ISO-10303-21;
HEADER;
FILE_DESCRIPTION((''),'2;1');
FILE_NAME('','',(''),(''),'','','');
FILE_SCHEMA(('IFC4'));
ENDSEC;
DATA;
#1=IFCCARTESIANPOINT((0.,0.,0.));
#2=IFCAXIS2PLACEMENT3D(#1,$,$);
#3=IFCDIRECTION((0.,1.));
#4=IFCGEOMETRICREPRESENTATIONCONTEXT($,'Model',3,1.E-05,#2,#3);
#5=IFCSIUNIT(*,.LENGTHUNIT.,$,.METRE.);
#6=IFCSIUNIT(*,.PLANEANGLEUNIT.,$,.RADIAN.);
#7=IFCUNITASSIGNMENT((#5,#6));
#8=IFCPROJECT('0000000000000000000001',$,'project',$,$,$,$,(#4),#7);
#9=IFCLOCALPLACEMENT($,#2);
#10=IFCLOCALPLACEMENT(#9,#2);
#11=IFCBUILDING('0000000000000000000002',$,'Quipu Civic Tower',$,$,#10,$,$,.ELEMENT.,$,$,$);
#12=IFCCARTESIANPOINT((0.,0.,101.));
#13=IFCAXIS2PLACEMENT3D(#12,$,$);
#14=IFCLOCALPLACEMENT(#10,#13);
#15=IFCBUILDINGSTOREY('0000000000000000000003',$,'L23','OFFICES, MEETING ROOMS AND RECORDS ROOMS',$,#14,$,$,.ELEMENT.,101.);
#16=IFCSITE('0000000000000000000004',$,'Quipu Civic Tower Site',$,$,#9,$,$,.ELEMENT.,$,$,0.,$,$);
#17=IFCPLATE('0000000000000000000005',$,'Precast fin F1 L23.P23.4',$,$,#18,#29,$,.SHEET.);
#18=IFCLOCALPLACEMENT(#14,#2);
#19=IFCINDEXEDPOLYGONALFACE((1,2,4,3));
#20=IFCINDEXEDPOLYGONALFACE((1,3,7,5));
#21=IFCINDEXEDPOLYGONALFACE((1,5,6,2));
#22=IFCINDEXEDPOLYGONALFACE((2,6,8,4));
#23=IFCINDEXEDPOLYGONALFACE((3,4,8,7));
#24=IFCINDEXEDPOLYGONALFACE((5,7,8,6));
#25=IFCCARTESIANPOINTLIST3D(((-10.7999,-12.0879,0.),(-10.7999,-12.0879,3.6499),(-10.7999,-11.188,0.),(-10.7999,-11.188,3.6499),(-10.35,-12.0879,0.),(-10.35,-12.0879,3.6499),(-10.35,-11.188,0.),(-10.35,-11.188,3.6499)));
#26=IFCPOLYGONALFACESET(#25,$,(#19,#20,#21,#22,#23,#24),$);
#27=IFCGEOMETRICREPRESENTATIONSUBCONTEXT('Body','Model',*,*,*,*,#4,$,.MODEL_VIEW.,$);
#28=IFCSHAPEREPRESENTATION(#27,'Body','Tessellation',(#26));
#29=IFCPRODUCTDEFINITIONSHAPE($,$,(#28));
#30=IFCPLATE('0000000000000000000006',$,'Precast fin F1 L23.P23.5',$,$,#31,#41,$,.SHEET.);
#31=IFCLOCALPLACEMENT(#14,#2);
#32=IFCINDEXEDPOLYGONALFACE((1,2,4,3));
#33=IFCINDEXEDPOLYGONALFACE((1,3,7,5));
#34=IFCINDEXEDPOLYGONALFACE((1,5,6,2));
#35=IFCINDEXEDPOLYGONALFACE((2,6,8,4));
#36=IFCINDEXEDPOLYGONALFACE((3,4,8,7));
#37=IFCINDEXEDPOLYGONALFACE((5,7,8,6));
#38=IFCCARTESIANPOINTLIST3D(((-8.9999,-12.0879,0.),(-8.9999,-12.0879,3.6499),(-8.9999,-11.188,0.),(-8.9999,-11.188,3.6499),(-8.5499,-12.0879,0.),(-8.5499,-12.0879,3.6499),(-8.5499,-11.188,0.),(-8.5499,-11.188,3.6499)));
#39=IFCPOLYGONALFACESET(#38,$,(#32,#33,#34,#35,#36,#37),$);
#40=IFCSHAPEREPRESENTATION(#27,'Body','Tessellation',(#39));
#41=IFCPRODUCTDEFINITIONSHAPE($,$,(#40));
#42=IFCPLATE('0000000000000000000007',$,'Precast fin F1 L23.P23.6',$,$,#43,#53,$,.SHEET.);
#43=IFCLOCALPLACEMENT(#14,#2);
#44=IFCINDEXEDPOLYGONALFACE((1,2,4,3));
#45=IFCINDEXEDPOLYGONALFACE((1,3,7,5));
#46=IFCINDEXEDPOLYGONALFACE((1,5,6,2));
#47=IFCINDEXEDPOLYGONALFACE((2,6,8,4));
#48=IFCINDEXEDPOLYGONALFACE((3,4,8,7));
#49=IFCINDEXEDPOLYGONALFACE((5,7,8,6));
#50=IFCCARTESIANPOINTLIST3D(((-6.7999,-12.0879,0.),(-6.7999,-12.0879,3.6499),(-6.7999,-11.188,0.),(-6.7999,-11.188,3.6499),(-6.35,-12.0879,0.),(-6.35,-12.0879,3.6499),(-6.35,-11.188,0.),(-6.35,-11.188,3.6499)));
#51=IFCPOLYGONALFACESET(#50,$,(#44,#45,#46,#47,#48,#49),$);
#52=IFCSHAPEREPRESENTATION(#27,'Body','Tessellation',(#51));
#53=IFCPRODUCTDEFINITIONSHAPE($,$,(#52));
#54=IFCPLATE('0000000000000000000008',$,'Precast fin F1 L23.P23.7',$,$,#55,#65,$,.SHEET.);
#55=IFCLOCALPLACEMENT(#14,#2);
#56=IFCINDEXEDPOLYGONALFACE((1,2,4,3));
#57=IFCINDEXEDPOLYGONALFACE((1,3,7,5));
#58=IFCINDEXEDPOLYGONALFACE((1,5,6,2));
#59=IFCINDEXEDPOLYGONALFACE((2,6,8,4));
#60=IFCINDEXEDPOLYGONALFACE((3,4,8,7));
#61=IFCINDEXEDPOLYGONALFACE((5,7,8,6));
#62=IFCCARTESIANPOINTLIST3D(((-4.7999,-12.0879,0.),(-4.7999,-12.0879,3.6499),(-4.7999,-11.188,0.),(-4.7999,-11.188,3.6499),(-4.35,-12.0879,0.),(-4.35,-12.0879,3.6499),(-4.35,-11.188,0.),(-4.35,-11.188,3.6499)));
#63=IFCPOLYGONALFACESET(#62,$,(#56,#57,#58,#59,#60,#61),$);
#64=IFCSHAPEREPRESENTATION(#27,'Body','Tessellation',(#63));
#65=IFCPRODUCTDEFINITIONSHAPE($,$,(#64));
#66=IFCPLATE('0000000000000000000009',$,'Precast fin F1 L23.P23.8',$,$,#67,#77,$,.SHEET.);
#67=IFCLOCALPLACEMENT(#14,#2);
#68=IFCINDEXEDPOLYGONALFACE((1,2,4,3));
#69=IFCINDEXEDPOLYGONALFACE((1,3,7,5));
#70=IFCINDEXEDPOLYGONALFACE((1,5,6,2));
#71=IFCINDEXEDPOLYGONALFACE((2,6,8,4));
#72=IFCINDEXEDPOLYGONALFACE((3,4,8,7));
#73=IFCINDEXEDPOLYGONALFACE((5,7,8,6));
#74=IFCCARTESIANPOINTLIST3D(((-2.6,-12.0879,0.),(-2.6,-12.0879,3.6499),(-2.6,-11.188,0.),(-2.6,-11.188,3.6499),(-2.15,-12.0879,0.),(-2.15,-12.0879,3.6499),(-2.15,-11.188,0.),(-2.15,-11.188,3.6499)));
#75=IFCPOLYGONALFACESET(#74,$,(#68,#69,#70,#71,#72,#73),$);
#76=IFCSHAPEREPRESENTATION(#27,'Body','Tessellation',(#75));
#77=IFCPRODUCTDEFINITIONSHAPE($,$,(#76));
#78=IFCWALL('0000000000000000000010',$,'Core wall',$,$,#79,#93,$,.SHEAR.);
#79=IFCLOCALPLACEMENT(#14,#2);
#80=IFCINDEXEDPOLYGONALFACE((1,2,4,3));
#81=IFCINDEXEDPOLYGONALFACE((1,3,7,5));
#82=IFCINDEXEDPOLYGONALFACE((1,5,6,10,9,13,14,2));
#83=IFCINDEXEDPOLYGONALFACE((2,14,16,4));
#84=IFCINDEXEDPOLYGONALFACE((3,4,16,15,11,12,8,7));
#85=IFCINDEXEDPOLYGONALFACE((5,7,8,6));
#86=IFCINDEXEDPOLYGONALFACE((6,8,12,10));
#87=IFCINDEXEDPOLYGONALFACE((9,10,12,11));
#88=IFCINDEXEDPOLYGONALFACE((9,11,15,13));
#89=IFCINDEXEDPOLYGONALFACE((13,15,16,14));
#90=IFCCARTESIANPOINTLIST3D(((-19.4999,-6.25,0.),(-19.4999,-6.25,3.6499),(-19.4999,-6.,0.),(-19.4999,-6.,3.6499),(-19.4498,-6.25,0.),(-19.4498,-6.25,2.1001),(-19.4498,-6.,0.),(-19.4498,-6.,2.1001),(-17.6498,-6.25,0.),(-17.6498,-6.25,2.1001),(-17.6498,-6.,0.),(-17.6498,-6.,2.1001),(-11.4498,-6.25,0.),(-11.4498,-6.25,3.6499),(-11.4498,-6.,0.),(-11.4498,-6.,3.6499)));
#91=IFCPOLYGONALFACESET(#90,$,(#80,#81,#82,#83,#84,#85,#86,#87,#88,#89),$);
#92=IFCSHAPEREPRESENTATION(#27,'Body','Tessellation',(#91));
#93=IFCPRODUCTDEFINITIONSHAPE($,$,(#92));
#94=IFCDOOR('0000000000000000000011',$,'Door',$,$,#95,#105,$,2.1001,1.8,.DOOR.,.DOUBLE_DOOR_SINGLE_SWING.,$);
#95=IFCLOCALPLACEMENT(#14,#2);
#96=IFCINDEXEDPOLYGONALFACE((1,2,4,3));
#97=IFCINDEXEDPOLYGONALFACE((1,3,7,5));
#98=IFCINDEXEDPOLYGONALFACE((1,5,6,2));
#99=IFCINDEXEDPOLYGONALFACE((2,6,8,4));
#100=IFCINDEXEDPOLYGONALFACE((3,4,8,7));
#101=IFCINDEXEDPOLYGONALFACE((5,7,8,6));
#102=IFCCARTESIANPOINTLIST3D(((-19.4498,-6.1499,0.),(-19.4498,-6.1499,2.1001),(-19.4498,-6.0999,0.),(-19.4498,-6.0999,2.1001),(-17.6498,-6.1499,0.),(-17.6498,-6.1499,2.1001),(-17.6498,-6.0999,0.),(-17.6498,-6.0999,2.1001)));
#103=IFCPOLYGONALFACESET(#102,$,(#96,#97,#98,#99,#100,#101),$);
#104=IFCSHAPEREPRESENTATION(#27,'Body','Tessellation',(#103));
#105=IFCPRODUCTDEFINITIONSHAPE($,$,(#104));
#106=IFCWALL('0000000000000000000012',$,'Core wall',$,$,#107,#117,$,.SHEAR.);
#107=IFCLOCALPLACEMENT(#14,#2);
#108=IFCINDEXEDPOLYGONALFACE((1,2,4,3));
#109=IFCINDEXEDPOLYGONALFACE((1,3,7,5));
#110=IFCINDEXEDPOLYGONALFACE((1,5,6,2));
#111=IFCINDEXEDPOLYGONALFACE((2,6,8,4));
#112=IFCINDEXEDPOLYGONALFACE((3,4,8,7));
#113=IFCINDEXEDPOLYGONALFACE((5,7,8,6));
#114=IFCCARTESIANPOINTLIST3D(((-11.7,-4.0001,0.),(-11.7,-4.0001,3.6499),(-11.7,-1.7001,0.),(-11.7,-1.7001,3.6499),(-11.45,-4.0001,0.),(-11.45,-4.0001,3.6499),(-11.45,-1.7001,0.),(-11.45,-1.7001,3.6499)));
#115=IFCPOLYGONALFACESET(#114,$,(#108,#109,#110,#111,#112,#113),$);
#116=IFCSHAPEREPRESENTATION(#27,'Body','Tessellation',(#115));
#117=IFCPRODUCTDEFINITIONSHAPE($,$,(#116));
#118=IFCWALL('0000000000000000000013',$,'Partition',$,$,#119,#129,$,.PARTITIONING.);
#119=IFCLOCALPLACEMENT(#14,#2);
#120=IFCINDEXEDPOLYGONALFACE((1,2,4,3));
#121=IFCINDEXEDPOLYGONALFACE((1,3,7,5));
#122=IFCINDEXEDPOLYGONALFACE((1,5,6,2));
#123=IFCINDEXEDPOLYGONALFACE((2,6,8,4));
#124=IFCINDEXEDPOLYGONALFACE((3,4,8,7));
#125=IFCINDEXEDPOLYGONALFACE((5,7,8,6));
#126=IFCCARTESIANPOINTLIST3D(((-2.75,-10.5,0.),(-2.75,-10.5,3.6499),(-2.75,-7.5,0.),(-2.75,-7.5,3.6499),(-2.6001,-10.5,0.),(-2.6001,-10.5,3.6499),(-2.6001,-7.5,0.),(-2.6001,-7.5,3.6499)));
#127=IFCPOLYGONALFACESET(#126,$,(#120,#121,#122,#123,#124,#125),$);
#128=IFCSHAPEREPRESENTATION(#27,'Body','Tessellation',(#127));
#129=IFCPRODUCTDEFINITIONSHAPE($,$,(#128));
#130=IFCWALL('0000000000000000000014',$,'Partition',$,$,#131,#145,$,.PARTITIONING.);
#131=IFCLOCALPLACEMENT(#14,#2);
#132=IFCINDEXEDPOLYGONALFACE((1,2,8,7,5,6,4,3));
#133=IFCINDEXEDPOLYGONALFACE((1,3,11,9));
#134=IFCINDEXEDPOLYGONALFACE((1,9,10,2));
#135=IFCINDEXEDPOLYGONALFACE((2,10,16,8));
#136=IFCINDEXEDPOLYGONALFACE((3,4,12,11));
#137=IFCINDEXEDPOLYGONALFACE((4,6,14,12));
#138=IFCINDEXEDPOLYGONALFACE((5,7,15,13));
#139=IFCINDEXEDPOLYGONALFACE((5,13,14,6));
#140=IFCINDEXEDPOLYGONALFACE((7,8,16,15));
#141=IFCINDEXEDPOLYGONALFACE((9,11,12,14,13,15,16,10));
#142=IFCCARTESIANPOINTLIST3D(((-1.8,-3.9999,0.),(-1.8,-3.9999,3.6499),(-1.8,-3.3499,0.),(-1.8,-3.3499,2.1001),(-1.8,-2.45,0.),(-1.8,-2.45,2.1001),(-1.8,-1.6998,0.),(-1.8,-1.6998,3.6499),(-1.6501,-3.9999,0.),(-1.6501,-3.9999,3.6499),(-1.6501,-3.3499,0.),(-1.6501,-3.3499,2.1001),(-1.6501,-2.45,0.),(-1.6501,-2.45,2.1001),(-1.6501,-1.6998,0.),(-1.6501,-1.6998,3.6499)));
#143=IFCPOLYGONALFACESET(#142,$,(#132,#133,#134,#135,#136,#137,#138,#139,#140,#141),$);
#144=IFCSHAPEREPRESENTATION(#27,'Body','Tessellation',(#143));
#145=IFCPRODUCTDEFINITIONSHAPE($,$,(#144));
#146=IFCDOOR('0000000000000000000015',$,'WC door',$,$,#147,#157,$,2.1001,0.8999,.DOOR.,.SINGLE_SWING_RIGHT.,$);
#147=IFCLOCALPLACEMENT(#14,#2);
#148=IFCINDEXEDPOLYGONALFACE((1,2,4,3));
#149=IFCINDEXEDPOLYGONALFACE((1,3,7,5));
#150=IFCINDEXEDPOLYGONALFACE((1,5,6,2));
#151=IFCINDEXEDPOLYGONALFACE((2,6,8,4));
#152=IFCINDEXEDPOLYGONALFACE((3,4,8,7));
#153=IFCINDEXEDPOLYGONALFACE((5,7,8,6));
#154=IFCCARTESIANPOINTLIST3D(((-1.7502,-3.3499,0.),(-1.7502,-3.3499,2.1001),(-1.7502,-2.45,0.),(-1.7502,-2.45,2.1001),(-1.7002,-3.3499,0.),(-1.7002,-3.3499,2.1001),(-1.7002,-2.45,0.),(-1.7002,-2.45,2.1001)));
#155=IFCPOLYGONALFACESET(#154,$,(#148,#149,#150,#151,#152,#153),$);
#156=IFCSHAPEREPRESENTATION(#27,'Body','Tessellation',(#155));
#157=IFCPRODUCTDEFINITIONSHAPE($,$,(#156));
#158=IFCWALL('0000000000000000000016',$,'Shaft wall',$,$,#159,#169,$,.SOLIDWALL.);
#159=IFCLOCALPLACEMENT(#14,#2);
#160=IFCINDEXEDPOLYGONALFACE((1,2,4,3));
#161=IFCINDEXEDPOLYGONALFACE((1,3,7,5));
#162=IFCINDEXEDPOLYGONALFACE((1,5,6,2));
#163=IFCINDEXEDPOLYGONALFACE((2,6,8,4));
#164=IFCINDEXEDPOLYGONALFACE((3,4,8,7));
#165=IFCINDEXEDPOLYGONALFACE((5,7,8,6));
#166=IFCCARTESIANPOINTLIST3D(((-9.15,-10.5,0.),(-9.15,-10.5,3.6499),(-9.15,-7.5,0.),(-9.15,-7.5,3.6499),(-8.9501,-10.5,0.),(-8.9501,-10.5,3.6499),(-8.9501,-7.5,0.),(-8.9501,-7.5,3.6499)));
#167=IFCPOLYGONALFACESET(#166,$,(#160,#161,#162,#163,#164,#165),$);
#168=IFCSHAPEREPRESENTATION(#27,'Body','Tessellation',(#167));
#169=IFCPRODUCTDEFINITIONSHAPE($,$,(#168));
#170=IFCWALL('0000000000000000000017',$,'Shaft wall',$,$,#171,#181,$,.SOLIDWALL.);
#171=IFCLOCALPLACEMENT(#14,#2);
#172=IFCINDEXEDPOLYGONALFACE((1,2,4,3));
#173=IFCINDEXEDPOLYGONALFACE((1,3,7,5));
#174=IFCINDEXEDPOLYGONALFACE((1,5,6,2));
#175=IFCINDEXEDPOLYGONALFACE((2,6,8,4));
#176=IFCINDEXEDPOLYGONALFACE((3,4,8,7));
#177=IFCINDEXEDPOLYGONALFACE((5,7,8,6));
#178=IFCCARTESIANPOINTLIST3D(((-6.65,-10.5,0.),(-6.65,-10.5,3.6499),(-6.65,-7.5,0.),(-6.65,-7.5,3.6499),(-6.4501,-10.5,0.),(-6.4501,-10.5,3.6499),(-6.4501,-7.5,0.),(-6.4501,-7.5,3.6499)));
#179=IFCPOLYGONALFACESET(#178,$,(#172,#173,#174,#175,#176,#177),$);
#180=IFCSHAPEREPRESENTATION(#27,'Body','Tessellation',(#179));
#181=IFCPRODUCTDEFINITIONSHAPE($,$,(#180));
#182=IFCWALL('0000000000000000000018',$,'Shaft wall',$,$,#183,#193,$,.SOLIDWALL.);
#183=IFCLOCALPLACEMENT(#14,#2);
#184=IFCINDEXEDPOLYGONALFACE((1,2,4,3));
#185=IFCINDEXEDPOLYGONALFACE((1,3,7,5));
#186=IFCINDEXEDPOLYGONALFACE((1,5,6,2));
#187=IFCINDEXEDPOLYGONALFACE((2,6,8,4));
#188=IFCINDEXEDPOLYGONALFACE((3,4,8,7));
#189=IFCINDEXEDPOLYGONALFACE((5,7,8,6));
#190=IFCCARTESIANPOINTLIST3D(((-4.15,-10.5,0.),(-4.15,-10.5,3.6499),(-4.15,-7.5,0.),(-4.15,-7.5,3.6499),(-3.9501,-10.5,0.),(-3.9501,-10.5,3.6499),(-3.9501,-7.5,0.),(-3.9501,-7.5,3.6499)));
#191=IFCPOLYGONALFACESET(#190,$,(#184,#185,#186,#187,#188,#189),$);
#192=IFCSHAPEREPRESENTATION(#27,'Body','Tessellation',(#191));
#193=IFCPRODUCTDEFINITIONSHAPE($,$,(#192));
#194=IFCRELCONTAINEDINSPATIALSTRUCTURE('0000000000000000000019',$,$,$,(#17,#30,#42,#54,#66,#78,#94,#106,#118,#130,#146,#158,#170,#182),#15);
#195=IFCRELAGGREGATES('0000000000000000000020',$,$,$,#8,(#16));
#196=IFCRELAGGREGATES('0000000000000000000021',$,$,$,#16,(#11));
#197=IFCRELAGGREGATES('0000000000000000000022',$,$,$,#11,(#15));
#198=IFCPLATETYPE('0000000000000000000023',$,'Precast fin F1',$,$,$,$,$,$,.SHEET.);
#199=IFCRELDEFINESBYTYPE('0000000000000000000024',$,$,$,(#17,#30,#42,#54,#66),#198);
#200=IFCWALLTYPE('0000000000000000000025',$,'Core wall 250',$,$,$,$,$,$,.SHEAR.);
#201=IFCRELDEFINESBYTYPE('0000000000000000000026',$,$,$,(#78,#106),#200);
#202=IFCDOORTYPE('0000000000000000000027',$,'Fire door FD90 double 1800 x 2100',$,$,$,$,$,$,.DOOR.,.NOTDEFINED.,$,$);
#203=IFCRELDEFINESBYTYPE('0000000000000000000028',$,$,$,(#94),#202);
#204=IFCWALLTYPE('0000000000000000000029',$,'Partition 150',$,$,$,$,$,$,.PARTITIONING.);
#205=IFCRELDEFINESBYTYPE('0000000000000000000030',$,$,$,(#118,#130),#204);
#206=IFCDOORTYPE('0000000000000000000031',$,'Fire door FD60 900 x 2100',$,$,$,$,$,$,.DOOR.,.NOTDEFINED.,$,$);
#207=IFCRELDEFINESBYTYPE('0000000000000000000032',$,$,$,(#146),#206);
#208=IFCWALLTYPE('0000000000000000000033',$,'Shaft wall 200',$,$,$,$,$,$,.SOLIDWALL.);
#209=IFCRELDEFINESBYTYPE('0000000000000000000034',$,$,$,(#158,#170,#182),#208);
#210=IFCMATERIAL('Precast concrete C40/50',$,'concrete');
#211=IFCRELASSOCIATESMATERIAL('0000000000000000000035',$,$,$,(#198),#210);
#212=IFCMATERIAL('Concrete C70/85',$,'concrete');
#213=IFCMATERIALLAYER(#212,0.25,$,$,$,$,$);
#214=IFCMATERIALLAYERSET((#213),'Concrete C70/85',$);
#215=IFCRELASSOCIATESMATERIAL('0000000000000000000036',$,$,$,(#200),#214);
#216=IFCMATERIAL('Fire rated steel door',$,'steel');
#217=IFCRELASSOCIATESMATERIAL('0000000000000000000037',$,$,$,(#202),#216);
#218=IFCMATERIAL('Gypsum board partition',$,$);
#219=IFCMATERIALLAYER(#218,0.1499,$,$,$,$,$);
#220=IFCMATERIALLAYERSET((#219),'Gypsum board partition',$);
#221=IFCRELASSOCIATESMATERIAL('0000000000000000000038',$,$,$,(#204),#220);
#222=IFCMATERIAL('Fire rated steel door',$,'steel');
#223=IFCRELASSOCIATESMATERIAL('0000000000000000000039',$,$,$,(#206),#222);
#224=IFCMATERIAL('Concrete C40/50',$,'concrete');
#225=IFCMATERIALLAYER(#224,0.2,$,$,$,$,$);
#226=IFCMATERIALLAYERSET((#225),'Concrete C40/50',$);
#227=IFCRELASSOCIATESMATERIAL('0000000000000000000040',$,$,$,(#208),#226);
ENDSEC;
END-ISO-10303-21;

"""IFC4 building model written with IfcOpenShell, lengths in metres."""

from ifc_helpers import new_model, si_unit, direction, frame, frame_2d, origin, origin_2d, place, context, subcontext, project, spatial, rectangle, extrude, material, layer, layer_set, type_object, element, fill, save


model = new_model("IFC4")

# Units and contexts
model_context = context("Model", 3, precision=1e-05, world=origin(), true_north=direction((0.0, 1.0)))
body_context = subcontext(model_context, "Body", "Model", "MODEL_VIEW")
ifc_project = project(units=[si_unit("LENGTHUNIT", "METRE"), si_unit("PLANEANGLEUNIT", "RADIAN")], contexts=[model_context])

# Site, building, storey
site_placement = place(None, origin())
site = spatial("IfcSite", under=ifc_project, at=site_placement, Name="Quipu Civic Tower Site", CompositionType="ELEMENT", RefElevation=0.0)
building_placement = place(site_placement, origin())
building = spatial("IfcBuilding", under=site, at=building_placement, Name="Quipu Civic Tower", CompositionType="ELEMENT")
storey_placement = place(building_placement, frame((0.0, 0.0, 101.0)))
storey = spatial("IfcBuildingStorey", under=building, at=storey_placement, Name="L23", Description="OFFICES, MEETING ROOMS AND RECORDS ROOMS", CompositionType="ELEMENT", Elevation=101.0)

# Plates
ifc_material_1 = material(Name="Precast concrete C40/50", Category="concrete")
plate_type = type_object("IfcPlateType", Name="Precast fin F1", PredefinedType="SHEET", material=ifc_material_1)
for number, where, z_axis, x_axis, name in (
    (1, (-10.575, -11.6379, 0.0), (0.0, 0.0, 1.0), (1.0, 0.0, 0.0), "Precast fin F1 L23.P23.4"),
    (2, (-8.7749, -11.6379, 0.0), (0.0, 0.0, 1.0), (1.0, 0.0, 0.0), "Precast fin F1 L23.P23.5"),
    (3, (-6.575, -11.6379, 0.0), (0.0, 0.0, 1.0), (1.0, 0.0, 0.0), "Precast fin F1 L23.P23.6"),
    (4, (-4.575, -11.6379, 0.0), (0.0, 0.0, 1.0), (1.0, 0.0, 0.0), "Precast fin F1 L23.P23.7"),
    (5, (-2.375, -11.6379, 0.0), (0.0, 0.0, 1.0), (1.0, 0.0, 0.0), "Precast fin F1 L23.P23.8"),
):
    element("IfcPlate", number, at=place(storey_placement, frame(where, z_axis=z_axis, x_axis=x_axis)), inside=storey, type_object=plate_type, Name=name, PredefinedType="SHEET", context=body_context, shape_type="SweptSolid", body=[
        extrude(rectangle(XDim=0.45, YDim=0.8999, at=origin_2d()), origin(), (0.0, 0.0, 1.0), 3.6499),
    ])

# Wall, opening, door
ifc_material_2 = material(Name="Concrete C70/85", Category="concrete")
ifc_layer_1 = layer(ifc_material_2, 0.25)
ifc_layer_set_1 = layer_set([ifc_layer_1], Name="Concrete C70/85")
wall_type_1 = type_object("IfcWallType", Name="Core wall 250", PredefinedType="SHEAR", material=ifc_layer_set_1)
wall_1_placement = place(storey_placement, frame((-11.45, -6.125, 0.0), z_axis=(0.0, 0.0, 1.0), x_axis=(-1.0, 0.0, 0.0)))
wall_1 = element("IfcWall", 6, at=wall_1_placement, inside=storey, type_object=wall_type_1, Name="Core wall", PredefinedType="SHEAR", context=body_context, shape_type="SweptSolid", body=[
    extrude(rectangle(XDim=8.05, YDim=0.25, at=frame_2d((4.0249, 0.0))), origin(), (0.0, 0.0, 1.0), 3.6499),
])
opening_1_placement = place(wall_1_placement, frame((6.2, 0.0, 0.0)))
opening_1 = element("IfcOpeningElement", 7, at=opening_1_placement, cuts=wall_1, PredefinedType="OPENING", context=body_context, shape_type="SweptSolid", body=[
    extrude(rectangle(XDim=1.8, YDim=2.1001, at=frame_2d((0.8999, 1.05))), frame((0.0, 0.135, 0.0), z_axis=(0.0, -1.0, 0.0), x_axis=(1.0, 0.0, 0.0)), (0.0, 0.0, 1.0), 0.27),
])
ifc_material_3 = material(Name="Fire rated steel door", Category="steel")
door_type_1 = type_object("IfcDoorType", Name="Fire door FD90 double 1800 x 2100", OperationType="NOTDEFINED", PredefinedType="DOOR", material=ifc_material_3)
door_1_placement = place(opening_1_placement, origin())
door_1 = element("IfcDoor", 8, at=door_1_placement, inside=storey, type_object=door_type_1, Name="Door", OperationType="DOUBLE_DOOR_SINGLE_SWING", OverallHeight=2.1001, OverallWidth=1.8, PredefinedType="DOOR", context=body_context, shape_type="SweptSolid", body=[
    extrude(rectangle(XDim=1.8, YDim=2.1001, at=frame_2d((0.8999, 1.05))), frame((0.0, 0.0249, 0.0), z_axis=(0.0, -1.0, 0.0), x_axis=(1.0, 0.0, 0.0)), (0.0, 0.0, 1.0), 0.05),
])
fill(opening_1, door_1)

# Walls
wall_2_placement = place(storey_placement, frame((-11.575, -4.0, 0.0), z_axis=(0.0, 0.0, 1.0), x_axis=(0.0, 1.0, 0.0)))
element("IfcWall", 9, at=wall_2_placement, inside=storey, type_object=wall_type_1, Name="Core wall", PredefinedType="SHEAR", context=body_context, shape_type="SweptSolid", body=[
    extrude(rectangle(XDim=2.3, YDim=0.25, at=frame_2d((1.1499, 0.0))), origin(), (0.0, 0.0, 1.0), 3.6499),
])
ifc_material_4 = material(Name="Gypsum board partition")
ifc_layer_2 = layer(ifc_material_4, 0.1499)
ifc_layer_set_2 = layer_set([ifc_layer_2], Name="Gypsum board partition")
wall_type_2 = type_object("IfcWallType", Name="Partition 150", PredefinedType="PARTITIONING", material=ifc_layer_set_2)
wall_3_placement = place(storey_placement, frame((-2.675, -10.5, 0.0), z_axis=(0.0, 0.0, 1.0), x_axis=(0.0, 1.0, 0.0)))
element("IfcWall", 10, at=wall_3_placement, inside=storey, type_object=wall_type_2, Name="Partition", PredefinedType="PARTITIONING", context=body_context, shape_type="SweptSolid", body=[
    extrude(rectangle(XDim=3.0, YDim=0.1499, at=frame_2d((1.5, 0.0))), origin(), (0.0, 0.0, 1.0), 3.6499),
])

# Wall, opening, door
wall_4_placement = place(storey_placement, frame((-1.7251, -1.7, 0.0), z_axis=(0.0, 0.0, 1.0), x_axis=(0.0, -1.0, 0.0)))
wall_4 = element("IfcWall", 11, at=wall_4_placement, inside=storey, type_object=wall_type_2, Name="Partition", PredefinedType="PARTITIONING", context=body_context, shape_type="SweptSolid", body=[
    extrude(rectangle(XDim=2.3, YDim=0.1499, at=frame_2d((1.1499, 0.0))), origin(), (0.0, 0.0, 1.0), 3.6499),
])
opening_2_placement = place(wall_4_placement, frame((0.75, 0.0, 0.0)))
opening_2 = element("IfcOpeningElement", 12, at=opening_2_placement, cuts=wall_4, PredefinedType="OPENING", context=body_context, shape_type="SweptSolid", body=[
    extrude(rectangle(XDim=0.8999, YDim=2.1001, at=frame_2d((0.45, 1.05))), frame((0.0, 0.085, 0.0), z_axis=(0.0, -1.0, 0.0), x_axis=(1.0, 0.0, 0.0)), (0.0, 0.0, 1.0), 0.1699),
])
ifc_material_5 = material(Name="Fire rated steel door", Category="steel")
door_type_2 = type_object("IfcDoorType", Name="Fire door FD60 900 x 2100", OperationType="NOTDEFINED", PredefinedType="DOOR", material=ifc_material_5)
door_2_placement = place(opening_2_placement, origin())
door_2 = element("IfcDoor", 13, at=door_2_placement, inside=storey, type_object=door_type_2, Name="WC door", OperationType="SINGLE_SWING_RIGHT", OverallHeight=2.1001, OverallWidth=0.8999, PredefinedType="DOOR", context=body_context, shape_type="SweptSolid", body=[
    extrude(rectangle(XDim=0.8999, YDim=2.1001, at=frame_2d((0.45, 1.05))), frame((0.0, 0.0249, 0.0), z_axis=(0.0, -1.0, 0.0), x_axis=(1.0, 0.0, 0.0)), (0.0, 0.0, 1.0), 0.05),
])
fill(opening_2, door_2)

# Walls
ifc_material_6 = material(Name="Concrete C40/50", Category="concrete")
ifc_layer_3 = layer(ifc_material_6, 0.2)
ifc_layer_set_3 = layer_set([ifc_layer_3], Name="Concrete C40/50")
wall_type_3 = type_object("IfcWallType", Name="Shaft wall 200", PredefinedType="SOLIDWALL", material=ifc_layer_set_3)
for number, where, z_axis, x_axis, name in (
    (14, (-9.05, -10.5, 0.0), (0.0, 0.0, 1.0), (0.0, 1.0, 0.0), "Shaft wall"),
    (15, (-6.55, -10.5, 0.0), (0.0, 0.0, 1.0), (0.0, 1.0, 0.0), "Shaft wall"),
    (16, (-4.05, -10.5, 0.0), (0.0, 0.0, 1.0), (0.0, 1.0, 0.0), "Shaft wall"),
):
    element("IfcWall", number, at=place(storey_placement, frame(where, z_axis=z_axis, x_axis=x_axis)), inside=storey, type_object=wall_type_3, Name=name, PredefinedType="SOLIDWALL", context=body_context, shape_type="SweptSolid", body=[
        extrude(rectangle(XDim=3.0, YDim=0.2, at=frame_2d((1.5, 0.0))), origin(), (0.0, 0.0, 1.0), 3.6499),
    ])

save(model, "model.ifc")
